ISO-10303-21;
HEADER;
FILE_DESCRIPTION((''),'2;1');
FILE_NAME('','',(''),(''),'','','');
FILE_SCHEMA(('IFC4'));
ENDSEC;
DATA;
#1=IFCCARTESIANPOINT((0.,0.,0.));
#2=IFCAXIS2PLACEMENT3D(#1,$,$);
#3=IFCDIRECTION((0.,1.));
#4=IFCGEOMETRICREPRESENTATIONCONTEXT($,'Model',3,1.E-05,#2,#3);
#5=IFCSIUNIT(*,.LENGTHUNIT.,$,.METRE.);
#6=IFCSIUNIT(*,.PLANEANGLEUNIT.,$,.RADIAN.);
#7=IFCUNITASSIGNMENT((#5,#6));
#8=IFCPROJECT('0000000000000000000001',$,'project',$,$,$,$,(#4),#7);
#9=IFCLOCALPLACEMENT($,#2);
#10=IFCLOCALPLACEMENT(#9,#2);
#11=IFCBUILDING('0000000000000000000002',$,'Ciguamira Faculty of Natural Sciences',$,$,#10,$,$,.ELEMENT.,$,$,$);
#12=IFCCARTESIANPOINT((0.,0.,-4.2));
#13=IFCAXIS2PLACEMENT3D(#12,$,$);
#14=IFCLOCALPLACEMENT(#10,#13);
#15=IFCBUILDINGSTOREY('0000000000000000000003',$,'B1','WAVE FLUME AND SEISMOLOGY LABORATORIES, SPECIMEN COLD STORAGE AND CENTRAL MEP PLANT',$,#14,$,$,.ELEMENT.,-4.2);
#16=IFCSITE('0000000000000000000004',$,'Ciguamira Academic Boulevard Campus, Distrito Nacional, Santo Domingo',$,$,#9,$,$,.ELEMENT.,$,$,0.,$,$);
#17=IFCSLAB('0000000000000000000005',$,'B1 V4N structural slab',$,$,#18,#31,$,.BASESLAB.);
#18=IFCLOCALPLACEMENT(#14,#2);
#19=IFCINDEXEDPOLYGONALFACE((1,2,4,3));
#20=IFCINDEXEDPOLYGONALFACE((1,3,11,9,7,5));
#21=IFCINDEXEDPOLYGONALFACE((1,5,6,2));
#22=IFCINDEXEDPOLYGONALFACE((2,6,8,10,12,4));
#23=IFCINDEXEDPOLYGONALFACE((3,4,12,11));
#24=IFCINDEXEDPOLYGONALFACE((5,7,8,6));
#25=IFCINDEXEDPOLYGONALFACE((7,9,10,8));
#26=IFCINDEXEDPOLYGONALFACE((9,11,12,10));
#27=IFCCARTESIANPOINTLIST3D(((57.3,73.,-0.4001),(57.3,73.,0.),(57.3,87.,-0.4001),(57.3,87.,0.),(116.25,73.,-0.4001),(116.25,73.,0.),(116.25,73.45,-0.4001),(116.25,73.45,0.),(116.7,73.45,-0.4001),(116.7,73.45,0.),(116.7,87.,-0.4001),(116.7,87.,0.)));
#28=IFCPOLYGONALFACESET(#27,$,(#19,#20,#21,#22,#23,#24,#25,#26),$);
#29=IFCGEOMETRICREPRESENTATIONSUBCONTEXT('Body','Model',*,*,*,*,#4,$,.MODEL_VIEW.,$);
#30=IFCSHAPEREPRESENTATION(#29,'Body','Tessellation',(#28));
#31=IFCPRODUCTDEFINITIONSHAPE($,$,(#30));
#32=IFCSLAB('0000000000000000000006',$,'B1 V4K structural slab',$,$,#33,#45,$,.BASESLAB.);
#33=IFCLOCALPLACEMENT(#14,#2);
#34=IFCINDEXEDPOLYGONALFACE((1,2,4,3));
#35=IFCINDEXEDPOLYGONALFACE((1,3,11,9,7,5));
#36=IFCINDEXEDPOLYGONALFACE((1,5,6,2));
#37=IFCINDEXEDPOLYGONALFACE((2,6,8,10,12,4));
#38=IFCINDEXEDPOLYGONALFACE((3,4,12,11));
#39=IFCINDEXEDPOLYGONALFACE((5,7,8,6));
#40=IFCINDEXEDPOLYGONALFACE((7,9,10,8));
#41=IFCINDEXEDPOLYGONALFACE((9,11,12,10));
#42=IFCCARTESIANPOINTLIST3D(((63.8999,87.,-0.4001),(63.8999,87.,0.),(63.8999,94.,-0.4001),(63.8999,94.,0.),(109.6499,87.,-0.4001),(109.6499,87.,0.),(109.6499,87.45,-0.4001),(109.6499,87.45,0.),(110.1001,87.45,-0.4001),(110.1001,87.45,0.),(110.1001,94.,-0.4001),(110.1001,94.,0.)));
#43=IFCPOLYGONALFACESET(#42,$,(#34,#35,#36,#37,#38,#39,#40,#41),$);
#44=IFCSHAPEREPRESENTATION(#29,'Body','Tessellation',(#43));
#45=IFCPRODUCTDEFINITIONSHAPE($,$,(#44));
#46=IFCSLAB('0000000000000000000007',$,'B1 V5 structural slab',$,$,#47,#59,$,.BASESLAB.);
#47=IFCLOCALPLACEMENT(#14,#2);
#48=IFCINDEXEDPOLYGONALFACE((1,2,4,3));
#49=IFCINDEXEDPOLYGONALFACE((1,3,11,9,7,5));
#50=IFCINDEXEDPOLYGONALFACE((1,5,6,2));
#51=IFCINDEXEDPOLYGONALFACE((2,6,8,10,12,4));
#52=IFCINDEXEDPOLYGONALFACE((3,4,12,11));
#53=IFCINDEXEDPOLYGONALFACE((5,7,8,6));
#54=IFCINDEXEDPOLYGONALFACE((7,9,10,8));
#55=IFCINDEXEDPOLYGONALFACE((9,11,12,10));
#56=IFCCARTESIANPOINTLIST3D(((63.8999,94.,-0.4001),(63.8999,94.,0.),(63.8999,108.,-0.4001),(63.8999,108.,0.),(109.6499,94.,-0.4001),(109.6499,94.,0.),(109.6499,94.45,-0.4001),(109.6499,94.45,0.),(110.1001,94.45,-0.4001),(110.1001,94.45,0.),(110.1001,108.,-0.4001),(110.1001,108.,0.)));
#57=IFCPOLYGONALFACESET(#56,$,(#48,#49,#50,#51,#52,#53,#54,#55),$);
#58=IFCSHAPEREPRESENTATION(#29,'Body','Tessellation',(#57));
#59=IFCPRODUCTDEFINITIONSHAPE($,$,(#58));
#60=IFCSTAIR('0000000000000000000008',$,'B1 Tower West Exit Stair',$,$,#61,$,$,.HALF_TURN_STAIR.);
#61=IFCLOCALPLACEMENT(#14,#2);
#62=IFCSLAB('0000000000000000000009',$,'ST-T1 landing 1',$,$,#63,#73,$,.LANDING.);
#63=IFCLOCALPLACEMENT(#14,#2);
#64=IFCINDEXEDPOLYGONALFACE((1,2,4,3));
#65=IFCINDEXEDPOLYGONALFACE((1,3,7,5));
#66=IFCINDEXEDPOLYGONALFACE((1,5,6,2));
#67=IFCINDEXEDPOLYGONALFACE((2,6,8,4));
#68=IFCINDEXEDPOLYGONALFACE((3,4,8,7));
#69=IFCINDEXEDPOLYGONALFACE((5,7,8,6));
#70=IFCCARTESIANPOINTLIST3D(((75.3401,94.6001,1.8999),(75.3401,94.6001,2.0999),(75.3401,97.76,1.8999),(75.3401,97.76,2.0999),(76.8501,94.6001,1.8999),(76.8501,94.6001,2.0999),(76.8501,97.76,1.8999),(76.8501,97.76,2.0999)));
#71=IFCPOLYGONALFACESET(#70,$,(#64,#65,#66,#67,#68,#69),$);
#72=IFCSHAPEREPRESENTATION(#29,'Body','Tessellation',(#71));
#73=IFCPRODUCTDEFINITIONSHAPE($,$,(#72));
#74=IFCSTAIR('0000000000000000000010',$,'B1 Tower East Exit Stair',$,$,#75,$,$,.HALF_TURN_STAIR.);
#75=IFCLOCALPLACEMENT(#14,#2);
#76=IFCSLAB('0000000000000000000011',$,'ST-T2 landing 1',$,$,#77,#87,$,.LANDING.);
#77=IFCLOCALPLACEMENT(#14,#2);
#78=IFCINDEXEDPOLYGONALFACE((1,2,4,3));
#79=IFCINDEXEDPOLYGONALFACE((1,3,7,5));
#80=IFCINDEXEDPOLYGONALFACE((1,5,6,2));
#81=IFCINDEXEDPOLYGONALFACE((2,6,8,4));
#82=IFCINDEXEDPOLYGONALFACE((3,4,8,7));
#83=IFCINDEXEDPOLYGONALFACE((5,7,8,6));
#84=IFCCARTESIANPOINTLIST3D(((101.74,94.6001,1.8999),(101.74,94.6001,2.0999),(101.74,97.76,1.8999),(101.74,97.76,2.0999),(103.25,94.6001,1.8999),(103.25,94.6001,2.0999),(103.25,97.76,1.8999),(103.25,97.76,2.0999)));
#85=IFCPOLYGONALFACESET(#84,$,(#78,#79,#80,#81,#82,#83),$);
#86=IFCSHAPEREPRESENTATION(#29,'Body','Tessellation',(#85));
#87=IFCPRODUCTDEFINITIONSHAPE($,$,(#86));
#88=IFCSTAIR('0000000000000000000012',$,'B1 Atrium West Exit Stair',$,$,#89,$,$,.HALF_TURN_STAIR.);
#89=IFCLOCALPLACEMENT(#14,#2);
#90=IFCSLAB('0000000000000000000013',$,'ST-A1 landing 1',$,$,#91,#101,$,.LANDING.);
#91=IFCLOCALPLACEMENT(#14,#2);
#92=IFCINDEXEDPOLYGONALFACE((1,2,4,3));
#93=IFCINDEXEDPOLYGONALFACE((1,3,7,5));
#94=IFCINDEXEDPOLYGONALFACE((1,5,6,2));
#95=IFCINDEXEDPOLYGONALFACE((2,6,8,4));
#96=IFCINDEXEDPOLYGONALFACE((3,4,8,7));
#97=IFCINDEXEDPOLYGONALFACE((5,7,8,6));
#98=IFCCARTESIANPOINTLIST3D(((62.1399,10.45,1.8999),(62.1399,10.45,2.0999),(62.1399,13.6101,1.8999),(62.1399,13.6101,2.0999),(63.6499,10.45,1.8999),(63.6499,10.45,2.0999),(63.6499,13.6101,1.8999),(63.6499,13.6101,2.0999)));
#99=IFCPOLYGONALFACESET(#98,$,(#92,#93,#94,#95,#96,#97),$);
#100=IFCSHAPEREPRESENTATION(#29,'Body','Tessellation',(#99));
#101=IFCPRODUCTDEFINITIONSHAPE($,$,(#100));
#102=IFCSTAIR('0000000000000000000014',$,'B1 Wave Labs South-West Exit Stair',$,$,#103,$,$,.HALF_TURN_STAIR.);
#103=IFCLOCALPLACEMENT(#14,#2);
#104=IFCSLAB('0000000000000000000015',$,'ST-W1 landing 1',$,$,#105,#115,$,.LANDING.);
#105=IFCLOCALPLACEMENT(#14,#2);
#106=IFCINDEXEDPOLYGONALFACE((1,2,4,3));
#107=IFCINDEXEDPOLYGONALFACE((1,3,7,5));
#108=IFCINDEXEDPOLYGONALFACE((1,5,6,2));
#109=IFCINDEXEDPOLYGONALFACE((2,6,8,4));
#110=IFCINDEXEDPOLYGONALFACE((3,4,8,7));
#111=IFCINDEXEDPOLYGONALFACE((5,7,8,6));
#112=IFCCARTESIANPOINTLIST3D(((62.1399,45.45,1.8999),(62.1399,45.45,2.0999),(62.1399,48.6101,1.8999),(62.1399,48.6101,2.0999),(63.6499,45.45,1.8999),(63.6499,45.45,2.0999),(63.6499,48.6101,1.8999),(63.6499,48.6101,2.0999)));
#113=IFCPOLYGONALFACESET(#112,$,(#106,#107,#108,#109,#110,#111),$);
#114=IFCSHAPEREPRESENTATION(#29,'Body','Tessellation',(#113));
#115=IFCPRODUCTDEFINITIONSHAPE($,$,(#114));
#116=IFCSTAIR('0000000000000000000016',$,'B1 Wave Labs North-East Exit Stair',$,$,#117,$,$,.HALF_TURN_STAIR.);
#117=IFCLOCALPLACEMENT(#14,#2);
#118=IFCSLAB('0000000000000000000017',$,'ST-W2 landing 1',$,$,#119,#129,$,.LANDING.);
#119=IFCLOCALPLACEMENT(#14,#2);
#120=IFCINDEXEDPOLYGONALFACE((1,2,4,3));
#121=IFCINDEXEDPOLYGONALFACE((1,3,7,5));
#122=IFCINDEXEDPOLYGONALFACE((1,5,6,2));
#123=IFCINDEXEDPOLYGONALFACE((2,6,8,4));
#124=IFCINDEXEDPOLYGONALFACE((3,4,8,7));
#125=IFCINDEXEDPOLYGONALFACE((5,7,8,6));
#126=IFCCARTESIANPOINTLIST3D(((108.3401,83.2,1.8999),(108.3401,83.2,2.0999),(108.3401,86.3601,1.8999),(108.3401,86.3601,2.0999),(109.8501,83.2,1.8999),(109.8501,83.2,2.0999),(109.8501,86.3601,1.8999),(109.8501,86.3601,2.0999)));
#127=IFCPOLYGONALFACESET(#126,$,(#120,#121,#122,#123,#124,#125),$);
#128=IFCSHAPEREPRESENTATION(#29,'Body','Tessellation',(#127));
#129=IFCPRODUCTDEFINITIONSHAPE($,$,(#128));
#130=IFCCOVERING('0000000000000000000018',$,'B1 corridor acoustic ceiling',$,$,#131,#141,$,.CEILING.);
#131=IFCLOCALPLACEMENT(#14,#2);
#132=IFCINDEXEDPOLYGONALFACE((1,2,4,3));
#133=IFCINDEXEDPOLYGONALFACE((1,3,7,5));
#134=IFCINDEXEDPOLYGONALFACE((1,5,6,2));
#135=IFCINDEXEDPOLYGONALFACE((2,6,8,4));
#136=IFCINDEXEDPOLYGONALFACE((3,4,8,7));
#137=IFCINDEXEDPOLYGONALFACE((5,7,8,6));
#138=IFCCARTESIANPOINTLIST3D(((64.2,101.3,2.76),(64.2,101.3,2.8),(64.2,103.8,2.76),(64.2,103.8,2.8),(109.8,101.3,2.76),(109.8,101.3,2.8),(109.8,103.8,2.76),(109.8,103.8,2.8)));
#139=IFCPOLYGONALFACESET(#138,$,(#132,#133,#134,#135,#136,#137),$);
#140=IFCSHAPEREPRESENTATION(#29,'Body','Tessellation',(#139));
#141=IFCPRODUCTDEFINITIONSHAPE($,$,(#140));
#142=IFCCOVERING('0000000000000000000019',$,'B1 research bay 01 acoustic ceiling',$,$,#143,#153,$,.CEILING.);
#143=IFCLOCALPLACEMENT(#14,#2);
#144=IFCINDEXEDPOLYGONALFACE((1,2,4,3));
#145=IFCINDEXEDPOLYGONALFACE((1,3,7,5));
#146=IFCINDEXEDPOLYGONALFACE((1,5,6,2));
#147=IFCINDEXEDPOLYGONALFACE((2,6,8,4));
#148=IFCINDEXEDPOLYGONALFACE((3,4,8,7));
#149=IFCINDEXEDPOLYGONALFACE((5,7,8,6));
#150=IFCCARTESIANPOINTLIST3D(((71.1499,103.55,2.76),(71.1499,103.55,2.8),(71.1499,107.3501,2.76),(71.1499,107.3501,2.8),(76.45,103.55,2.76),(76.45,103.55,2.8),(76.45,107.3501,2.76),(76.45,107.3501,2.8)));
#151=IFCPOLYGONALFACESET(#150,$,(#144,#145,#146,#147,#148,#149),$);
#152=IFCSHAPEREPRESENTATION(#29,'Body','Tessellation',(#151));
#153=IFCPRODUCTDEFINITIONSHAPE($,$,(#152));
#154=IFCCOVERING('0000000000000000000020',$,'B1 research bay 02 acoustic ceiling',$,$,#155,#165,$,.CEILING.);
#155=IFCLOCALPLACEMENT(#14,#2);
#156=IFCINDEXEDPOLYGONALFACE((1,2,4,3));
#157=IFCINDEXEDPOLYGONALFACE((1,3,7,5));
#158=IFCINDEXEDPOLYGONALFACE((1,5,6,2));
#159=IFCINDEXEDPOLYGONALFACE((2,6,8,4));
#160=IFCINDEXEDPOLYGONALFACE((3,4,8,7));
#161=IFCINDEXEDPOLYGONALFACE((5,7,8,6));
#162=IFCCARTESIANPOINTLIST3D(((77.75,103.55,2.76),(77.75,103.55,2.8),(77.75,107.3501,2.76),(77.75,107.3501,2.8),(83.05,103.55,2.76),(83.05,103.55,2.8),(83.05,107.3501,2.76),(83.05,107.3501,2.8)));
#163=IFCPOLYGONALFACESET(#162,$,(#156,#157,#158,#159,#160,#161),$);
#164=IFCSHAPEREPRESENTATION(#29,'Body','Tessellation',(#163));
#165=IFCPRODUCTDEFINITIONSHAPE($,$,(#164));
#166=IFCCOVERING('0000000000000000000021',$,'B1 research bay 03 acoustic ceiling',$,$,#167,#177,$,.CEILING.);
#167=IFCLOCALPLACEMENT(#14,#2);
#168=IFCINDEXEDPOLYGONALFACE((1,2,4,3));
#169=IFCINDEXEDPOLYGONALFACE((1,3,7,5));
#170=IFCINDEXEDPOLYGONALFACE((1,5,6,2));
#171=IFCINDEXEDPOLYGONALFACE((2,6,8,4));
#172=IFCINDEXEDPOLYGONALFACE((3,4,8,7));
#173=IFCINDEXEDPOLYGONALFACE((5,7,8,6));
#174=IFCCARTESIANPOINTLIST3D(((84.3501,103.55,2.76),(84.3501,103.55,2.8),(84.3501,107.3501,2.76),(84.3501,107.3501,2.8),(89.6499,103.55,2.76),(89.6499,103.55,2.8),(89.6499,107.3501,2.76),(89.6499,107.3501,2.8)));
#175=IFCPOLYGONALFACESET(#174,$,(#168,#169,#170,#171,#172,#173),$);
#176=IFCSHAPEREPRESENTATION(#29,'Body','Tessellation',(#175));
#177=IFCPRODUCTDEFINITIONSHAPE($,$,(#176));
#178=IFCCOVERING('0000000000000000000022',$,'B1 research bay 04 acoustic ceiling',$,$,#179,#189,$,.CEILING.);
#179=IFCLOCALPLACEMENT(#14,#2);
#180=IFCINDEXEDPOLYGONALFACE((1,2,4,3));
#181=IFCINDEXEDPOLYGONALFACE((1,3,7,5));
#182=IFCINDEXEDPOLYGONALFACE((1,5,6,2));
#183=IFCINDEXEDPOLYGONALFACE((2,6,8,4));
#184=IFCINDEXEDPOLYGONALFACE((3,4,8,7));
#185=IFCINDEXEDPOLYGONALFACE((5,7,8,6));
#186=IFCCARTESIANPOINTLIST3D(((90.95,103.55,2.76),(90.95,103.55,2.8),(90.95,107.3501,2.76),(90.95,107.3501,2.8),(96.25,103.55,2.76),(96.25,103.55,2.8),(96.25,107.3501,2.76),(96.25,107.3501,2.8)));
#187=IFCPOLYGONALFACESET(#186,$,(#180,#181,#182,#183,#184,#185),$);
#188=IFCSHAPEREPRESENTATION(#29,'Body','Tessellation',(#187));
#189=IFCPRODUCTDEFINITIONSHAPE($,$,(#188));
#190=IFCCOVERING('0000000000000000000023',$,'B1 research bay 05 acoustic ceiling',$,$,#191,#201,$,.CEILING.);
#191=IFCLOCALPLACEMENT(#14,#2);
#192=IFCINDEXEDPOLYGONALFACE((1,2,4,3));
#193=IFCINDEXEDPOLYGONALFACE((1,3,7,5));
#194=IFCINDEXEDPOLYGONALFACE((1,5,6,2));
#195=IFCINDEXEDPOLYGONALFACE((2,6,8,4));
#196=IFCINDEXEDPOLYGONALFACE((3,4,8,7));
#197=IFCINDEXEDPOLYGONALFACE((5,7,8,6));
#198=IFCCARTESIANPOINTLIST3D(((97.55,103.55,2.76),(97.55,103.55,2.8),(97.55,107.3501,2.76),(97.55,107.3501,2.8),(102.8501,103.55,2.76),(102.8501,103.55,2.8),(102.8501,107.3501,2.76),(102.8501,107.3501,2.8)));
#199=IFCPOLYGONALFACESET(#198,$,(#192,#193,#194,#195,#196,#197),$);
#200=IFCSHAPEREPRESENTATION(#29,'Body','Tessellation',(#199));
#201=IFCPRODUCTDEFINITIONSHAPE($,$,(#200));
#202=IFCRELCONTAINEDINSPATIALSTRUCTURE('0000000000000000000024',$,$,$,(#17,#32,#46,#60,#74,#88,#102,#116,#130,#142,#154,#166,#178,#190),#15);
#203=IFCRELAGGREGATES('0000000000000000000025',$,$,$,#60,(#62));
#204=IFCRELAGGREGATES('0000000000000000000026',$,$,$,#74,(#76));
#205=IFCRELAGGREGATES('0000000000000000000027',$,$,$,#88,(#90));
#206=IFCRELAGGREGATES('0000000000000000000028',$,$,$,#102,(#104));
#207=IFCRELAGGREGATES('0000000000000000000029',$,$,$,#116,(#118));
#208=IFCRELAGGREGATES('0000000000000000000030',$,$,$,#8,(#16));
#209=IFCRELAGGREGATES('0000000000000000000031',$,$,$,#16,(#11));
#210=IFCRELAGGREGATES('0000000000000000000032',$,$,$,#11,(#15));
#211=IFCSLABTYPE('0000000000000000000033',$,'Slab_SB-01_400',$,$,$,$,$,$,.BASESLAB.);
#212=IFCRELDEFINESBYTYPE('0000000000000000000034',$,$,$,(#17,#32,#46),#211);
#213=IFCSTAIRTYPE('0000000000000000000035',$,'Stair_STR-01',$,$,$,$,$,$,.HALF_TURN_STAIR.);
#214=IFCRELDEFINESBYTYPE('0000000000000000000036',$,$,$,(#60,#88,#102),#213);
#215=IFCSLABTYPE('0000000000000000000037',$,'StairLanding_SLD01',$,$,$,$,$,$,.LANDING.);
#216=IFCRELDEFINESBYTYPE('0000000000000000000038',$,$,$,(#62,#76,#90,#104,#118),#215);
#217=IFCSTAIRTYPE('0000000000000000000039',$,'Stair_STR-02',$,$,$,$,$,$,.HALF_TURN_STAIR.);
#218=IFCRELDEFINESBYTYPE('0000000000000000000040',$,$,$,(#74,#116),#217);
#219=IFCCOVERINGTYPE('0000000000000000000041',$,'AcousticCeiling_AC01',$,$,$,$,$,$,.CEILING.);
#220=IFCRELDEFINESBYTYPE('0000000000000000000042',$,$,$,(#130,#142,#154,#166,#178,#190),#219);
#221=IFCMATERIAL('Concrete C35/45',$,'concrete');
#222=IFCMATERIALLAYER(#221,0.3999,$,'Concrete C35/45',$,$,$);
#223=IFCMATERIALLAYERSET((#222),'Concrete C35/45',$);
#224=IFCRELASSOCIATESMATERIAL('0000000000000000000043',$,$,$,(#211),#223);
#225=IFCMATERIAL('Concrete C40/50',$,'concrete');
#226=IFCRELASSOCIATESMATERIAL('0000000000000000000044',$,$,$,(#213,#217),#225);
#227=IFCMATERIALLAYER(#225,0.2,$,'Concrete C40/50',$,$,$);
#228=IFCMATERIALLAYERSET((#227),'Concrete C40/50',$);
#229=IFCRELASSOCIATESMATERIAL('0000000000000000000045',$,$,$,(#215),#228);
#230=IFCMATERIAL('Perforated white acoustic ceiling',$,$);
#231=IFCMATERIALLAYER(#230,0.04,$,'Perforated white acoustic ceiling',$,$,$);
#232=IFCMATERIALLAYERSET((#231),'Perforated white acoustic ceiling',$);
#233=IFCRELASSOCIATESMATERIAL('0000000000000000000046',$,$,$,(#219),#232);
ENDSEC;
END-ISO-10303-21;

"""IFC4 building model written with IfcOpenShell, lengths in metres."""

from ifc_helpers import new_model, si_unit, direction, frame, origin, place, context, subcontext, project, spatial, polyline, outline, extrude, material, layer, layer_set, type_object, element, aggregate, save


model = new_model("IFC4")

# Units and contexts
model_context = context("Model", 3, precision=1e-05, world=origin(), true_north=direction((0.0, 1.0)))
body_context = subcontext(model_context, "Body", "Model", "MODEL_VIEW")
ifc_project = project(units=[si_unit("LENGTHUNIT", "METRE"), si_unit("PLANEANGLEUNIT", "RADIAN")], contexts=[model_context])

# Site, building, storey
site_placement = place(None, origin())
site = spatial("IfcSite", under=ifc_project, at=site_placement, Name="Ciguamira Academic Boulevard Campus, Distrito Nacional, Santo Domingo", CompositionType="ELEMENT", RefElevation=0.0)
building_placement = place(site_placement, origin())
building = spatial("IfcBuilding", under=site, at=building_placement, Name="Ciguamira Faculty of Natural Sciences", CompositionType="ELEMENT")
storey_placement = place(building_placement, frame((0.0, 0.0, -4.2)))
storey = spatial("IfcBuildingStorey", under=building, at=storey_placement, Name="B1", Description="WAVE FLUME AND SEISMOLOGY LABORATORIES, SPECIMEN COLD STORAGE AND CENTRAL MEP PLANT", CompositionType="ELEMENT", Elevation=-4.2)

# Shared definitions
ifc_material_1 = material(Name="Concrete C35/45", Category="concrete")

# Shared definitions
ifc_material_2 = material(Name="Concrete C40/50", Category="concrete")

# Slabs
ifc_layer_1 = layer(ifc_material_1, 0.3999, Name="Concrete C35/45")
ifc_layer_set_1 = layer_set([ifc_layer_1], Name="Concrete C35/45")
slab_type_1 = type_object("IfcSlabType", Name="Slab_SB-01_400", PredefinedType="BASESLAB", material=ifc_layer_set_1)
slab_1_placement = place(storey_placement, frame((0.0, 0.0, -0.4001)))
element("IfcSlab", 1, at=slab_1_placement, inside=storey, type_object=slab_type_1, Name="B1 V4N structural slab", PredefinedType="BASESLAB", context=body_context, shape_type="SweptSolid", body=[
    extrude(outline(polyline([(57.3, 73.0), (116.25, 73.0), (116.25, 73.45), (116.7, 73.45), (116.7, 87.0), (57.3, 87.0), (57.3, 73.0)])), origin(), (0.0, 0.0, 1.0), 0.4001),
])
slab_2_placement = place(storey_placement, frame((0.0, 0.0, -0.4001)))
element("IfcSlab", 2, at=slab_2_placement, inside=storey, type_object=slab_type_1, Name="B1 V4K structural slab", PredefinedType="BASESLAB", context=body_context, shape_type="SweptSolid", body=[
    extrude(outline(polyline([(63.8999, 87.0), (109.6499, 87.0), (109.6499, 87.45), (110.1001, 87.45), (110.1001, 94.0), (63.8999, 94.0), (63.8999, 87.0)])), origin(), (0.0, 0.0, 1.0), 0.4001),
])
slab_3_placement = place(storey_placement, frame((0.0, 0.0, -0.4001)))
element("IfcSlab", 3, at=slab_3_placement, inside=storey, type_object=slab_type_1, Name="B1 V5 structural slab", PredefinedType="BASESLAB", context=body_context, shape_type="SweptSolid", body=[
    extrude(outline(polyline([(63.8999, 94.0), (109.6499, 94.0), (109.6499, 94.45), (110.1001, 94.45), (110.1001, 108.0), (63.8999, 108.0), (63.8999, 94.0)])), origin(), (0.0, 0.0, 1.0), 0.4001),
])

# Stairs, slabs
stair_type_1 = type_object("IfcStairType", Name="Stair_STR-01", PredefinedType="HALF_TURN_STAIR", material=ifc_material_2)
stair_1_placement = place(storey_placement, origin())
stair_1 = element("IfcStair", 4, at=stair_1_placement, inside=storey, type_object=stair_type_1, Name="B1 Tower West Exit Stair", PredefinedType="HALF_TURN_STAIR")
ifc_layer_2 = layer(ifc_material_2, 0.2, Name="Concrete C40/50")
ifc_layer_set_2 = layer_set([ifc_layer_2], Name="Concrete C40/50")
slab_type_2 = type_object("IfcSlabType", Name="StairLanding_SLD01", PredefinedType="LANDING", material=ifc_layer_set_2)
slab_4_placement = place(storey_placement, frame((0.0, 0.0, 1.8999)))
slab_4 = element("IfcSlab", 5, at=slab_4_placement, type_object=slab_type_2, Name="ST-T1 landing 1", PredefinedType="LANDING", context=body_context, shape_type="SweptSolid", body=[
    extrude(outline(polyline([(75.3401, 94.6001), (76.8501, 94.6001), (76.8501, 97.76), (75.3401, 97.76), (75.3401, 94.6001)])), origin(), (0.0, 0.0, 1.0), 0.2),
])
aggregate(stair_1, [slab_4])
stair_type_2 = type_object("IfcStairType", Name="Stair_STR-02", PredefinedType="HALF_TURN_STAIR", material=ifc_material_2)
stair_2_placement = place(storey_placement, origin())
stair_2 = element("IfcStair", 6, at=stair_2_placement, inside=storey, type_object=stair_type_2, Name="B1 Tower East Exit Stair", PredefinedType="HALF_TURN_STAIR")
slab_5_placement = place(storey_placement, frame((0.0, 0.0, 1.8999)))
slab_5 = element("IfcSlab", 7, at=slab_5_placement, type_object=slab_type_2, Name="ST-T2 landing 1", PredefinedType="LANDING", context=body_context, shape_type="SweptSolid", body=[
    extrude(outline(polyline([(101.74, 94.6001), (103.25, 94.6001), (103.25, 97.76), (101.74, 97.76), (101.74, 94.6001)])), origin(), (0.0, 0.0, 1.0), 0.2),
])
aggregate(stair_2, [slab_5])
stair_3_placement = place(storey_placement, origin())
stair_3 = element("IfcStair", 8, at=stair_3_placement, inside=storey, type_object=stair_type_1, Name="B1 Atrium West Exit Stair", PredefinedType="HALF_TURN_STAIR")
slab_6_placement = place(storey_placement, frame((0.0, 0.0, 1.8999)))
slab_6 = element("IfcSlab", 9, at=slab_6_placement, type_object=slab_type_2, Name="ST-A1 landing 1", PredefinedType="LANDING", context=body_context, shape_type="SweptSolid", body=[
    extrude(outline(polyline([(62.1399, 10.45), (63.6499, 10.45), (63.6499, 13.6101), (62.1399, 13.6101), (62.1399, 10.45)])), origin(), (0.0, 0.0, 1.0), 0.2),
])
aggregate(stair_3, [slab_6])
stair_4_placement = place(storey_placement, origin())
stair_4 = element("IfcStair", 10, at=stair_4_placement, inside=storey, type_object=stair_type_1, Name="B1 Wave Labs South-West Exit Stair", PredefinedType="HALF_TURN_STAIR")
slab_7_placement = place(storey_placement, frame((0.0, 0.0, 1.8999)))
slab_7 = element("IfcSlab", 11, at=slab_7_placement, type_object=slab_type_2, Name="ST-W1 landing 1", PredefinedType="LANDING", context=body_context, shape_type="SweptSolid", body=[
    extrude(outline(polyline([(62.1399, 45.45), (63.6499, 45.45), (63.6499, 48.6101), (62.1399, 48.6101), (62.1399, 45.45)])), origin(), (0.0, 0.0, 1.0), 0.2),
])
aggregate(stair_4, [slab_7])
stair_5_placement = place(storey_placement, origin())
stair_5 = element("IfcStair", 12, at=stair_5_placement, inside=storey, type_object=stair_type_2, Name="B1 Wave Labs North-East Exit Stair", PredefinedType="HALF_TURN_STAIR")
slab_8_placement = place(storey_placement, frame((0.0, 0.0, 1.8999)))
slab_8 = element("IfcSlab", 13, at=slab_8_placement, type_object=slab_type_2, Name="ST-W2 landing 1", PredefinedType="LANDING", context=body_context, shape_type="SweptSolid", body=[
    extrude(outline(polyline([(108.3401, 83.2), (109.8501, 83.2), (109.8501, 86.3601), (108.3401, 86.3601), (108.3401, 83.2)])), origin(), (0.0, 0.0, 1.0), 0.2),
])
aggregate(stair_5, [slab_8])

# Coverings
ifc_material_3 = material(Name="Perforated white acoustic ceiling")
ifc_layer_3 = layer(ifc_material_3, 0.04, Name="Perforated white acoustic ceiling")
ifc_layer_set_3 = layer_set([ifc_layer_3], Name="Perforated white acoustic ceiling")
covering_type = type_object("IfcCoveringType", Name="AcousticCeiling_AC01", PredefinedType="CEILING", material=ifc_layer_set_3)
covering_1_placement = place(storey_placement, frame((0.0, 0.0, 2.76)))
element("IfcCovering", 14, at=covering_1_placement, inside=storey, type_object=covering_type, Name="B1 corridor acoustic ceiling", PredefinedType="CEILING", context=body_context, shape_type="SweptSolid", body=[
    extrude(outline(polyline([(64.2, 101.3), (109.8, 101.3), (109.8, 103.8), (64.2, 103.8), (64.2, 101.3)])), origin(), (0.0, 0.0, 1.0), 0.04),
])
covering_2_placement = place(storey_placement, frame((0.0, 0.0, 2.76)))
element("IfcCovering", 15, at=covering_2_placement, inside=storey, type_object=covering_type, Name="B1 research bay 01 acoustic ceiling", PredefinedType="CEILING", context=body_context, shape_type="SweptSolid", body=[
    extrude(outline(polyline([(71.1499, 103.55), (76.45, 103.55), (76.45, 107.3501), (71.1499, 107.3501), (71.1499, 103.55)])), origin(), (0.0, 0.0, 1.0), 0.04),
])
covering_3_placement = place(storey_placement, frame((0.0, 0.0, 2.76)))
element("IfcCovering", 16, at=covering_3_placement, inside=storey, type_object=covering_type, Name="B1 research bay 02 acoustic ceiling", PredefinedType="CEILING", context=body_context, shape_type="SweptSolid", body=[
    extrude(outline(polyline([(77.75, 103.55), (83.05, 103.55), (83.05, 107.3501), (77.75, 107.3501), (77.75, 103.55)])), origin(), (0.0, 0.0, 1.0), 0.04),
])
covering_4_placement = place(storey_placement, frame((0.0, 0.0, 2.76)))
element("IfcCovering", 17, at=covering_4_placement, inside=storey, type_object=covering_type, Name="B1 research bay 03 acoustic ceiling", PredefinedType="CEILING", context=body_context, shape_type="SweptSolid", body=[
    extrude(outline(polyline([(84.3501, 103.55), (89.6499, 103.55), (89.6499, 107.3501), (84.3501, 107.3501), (84.3501, 103.55)])), origin(), (0.0, 0.0, 1.0), 0.04),
])
covering_5_placement = place(storey_placement, frame((0.0, 0.0, 2.76)))
element("IfcCovering", 18, at=covering_5_placement, inside=storey, type_object=covering_type, Name="B1 research bay 04 acoustic ceiling", PredefinedType="CEILING", context=body_context, shape_type="SweptSolid", body=[
    extrude(outline(polyline([(90.95, 103.55), (96.25, 103.55), (96.25, 107.3501), (90.95, 107.3501), (90.95, 103.55)])), origin(), (0.0, 0.0, 1.0), 0.04),
])
covering_6_placement = place(storey_placement, frame((0.0, 0.0, 2.76)))
element("IfcCovering", 19, at=covering_6_placement, inside=storey, type_object=covering_type, Name="B1 research bay 05 acoustic ceiling", PredefinedType="CEILING", context=body_context, shape_type="SweptSolid", body=[
    extrude(outline(polyline([(97.55, 103.55), (102.8501, 103.55), (102.8501, 107.3501), (97.55, 107.3501), (97.55, 103.55)])), origin(), (0.0, 0.0, 1.0), 0.04),
])

save(model, "model.ifc")
